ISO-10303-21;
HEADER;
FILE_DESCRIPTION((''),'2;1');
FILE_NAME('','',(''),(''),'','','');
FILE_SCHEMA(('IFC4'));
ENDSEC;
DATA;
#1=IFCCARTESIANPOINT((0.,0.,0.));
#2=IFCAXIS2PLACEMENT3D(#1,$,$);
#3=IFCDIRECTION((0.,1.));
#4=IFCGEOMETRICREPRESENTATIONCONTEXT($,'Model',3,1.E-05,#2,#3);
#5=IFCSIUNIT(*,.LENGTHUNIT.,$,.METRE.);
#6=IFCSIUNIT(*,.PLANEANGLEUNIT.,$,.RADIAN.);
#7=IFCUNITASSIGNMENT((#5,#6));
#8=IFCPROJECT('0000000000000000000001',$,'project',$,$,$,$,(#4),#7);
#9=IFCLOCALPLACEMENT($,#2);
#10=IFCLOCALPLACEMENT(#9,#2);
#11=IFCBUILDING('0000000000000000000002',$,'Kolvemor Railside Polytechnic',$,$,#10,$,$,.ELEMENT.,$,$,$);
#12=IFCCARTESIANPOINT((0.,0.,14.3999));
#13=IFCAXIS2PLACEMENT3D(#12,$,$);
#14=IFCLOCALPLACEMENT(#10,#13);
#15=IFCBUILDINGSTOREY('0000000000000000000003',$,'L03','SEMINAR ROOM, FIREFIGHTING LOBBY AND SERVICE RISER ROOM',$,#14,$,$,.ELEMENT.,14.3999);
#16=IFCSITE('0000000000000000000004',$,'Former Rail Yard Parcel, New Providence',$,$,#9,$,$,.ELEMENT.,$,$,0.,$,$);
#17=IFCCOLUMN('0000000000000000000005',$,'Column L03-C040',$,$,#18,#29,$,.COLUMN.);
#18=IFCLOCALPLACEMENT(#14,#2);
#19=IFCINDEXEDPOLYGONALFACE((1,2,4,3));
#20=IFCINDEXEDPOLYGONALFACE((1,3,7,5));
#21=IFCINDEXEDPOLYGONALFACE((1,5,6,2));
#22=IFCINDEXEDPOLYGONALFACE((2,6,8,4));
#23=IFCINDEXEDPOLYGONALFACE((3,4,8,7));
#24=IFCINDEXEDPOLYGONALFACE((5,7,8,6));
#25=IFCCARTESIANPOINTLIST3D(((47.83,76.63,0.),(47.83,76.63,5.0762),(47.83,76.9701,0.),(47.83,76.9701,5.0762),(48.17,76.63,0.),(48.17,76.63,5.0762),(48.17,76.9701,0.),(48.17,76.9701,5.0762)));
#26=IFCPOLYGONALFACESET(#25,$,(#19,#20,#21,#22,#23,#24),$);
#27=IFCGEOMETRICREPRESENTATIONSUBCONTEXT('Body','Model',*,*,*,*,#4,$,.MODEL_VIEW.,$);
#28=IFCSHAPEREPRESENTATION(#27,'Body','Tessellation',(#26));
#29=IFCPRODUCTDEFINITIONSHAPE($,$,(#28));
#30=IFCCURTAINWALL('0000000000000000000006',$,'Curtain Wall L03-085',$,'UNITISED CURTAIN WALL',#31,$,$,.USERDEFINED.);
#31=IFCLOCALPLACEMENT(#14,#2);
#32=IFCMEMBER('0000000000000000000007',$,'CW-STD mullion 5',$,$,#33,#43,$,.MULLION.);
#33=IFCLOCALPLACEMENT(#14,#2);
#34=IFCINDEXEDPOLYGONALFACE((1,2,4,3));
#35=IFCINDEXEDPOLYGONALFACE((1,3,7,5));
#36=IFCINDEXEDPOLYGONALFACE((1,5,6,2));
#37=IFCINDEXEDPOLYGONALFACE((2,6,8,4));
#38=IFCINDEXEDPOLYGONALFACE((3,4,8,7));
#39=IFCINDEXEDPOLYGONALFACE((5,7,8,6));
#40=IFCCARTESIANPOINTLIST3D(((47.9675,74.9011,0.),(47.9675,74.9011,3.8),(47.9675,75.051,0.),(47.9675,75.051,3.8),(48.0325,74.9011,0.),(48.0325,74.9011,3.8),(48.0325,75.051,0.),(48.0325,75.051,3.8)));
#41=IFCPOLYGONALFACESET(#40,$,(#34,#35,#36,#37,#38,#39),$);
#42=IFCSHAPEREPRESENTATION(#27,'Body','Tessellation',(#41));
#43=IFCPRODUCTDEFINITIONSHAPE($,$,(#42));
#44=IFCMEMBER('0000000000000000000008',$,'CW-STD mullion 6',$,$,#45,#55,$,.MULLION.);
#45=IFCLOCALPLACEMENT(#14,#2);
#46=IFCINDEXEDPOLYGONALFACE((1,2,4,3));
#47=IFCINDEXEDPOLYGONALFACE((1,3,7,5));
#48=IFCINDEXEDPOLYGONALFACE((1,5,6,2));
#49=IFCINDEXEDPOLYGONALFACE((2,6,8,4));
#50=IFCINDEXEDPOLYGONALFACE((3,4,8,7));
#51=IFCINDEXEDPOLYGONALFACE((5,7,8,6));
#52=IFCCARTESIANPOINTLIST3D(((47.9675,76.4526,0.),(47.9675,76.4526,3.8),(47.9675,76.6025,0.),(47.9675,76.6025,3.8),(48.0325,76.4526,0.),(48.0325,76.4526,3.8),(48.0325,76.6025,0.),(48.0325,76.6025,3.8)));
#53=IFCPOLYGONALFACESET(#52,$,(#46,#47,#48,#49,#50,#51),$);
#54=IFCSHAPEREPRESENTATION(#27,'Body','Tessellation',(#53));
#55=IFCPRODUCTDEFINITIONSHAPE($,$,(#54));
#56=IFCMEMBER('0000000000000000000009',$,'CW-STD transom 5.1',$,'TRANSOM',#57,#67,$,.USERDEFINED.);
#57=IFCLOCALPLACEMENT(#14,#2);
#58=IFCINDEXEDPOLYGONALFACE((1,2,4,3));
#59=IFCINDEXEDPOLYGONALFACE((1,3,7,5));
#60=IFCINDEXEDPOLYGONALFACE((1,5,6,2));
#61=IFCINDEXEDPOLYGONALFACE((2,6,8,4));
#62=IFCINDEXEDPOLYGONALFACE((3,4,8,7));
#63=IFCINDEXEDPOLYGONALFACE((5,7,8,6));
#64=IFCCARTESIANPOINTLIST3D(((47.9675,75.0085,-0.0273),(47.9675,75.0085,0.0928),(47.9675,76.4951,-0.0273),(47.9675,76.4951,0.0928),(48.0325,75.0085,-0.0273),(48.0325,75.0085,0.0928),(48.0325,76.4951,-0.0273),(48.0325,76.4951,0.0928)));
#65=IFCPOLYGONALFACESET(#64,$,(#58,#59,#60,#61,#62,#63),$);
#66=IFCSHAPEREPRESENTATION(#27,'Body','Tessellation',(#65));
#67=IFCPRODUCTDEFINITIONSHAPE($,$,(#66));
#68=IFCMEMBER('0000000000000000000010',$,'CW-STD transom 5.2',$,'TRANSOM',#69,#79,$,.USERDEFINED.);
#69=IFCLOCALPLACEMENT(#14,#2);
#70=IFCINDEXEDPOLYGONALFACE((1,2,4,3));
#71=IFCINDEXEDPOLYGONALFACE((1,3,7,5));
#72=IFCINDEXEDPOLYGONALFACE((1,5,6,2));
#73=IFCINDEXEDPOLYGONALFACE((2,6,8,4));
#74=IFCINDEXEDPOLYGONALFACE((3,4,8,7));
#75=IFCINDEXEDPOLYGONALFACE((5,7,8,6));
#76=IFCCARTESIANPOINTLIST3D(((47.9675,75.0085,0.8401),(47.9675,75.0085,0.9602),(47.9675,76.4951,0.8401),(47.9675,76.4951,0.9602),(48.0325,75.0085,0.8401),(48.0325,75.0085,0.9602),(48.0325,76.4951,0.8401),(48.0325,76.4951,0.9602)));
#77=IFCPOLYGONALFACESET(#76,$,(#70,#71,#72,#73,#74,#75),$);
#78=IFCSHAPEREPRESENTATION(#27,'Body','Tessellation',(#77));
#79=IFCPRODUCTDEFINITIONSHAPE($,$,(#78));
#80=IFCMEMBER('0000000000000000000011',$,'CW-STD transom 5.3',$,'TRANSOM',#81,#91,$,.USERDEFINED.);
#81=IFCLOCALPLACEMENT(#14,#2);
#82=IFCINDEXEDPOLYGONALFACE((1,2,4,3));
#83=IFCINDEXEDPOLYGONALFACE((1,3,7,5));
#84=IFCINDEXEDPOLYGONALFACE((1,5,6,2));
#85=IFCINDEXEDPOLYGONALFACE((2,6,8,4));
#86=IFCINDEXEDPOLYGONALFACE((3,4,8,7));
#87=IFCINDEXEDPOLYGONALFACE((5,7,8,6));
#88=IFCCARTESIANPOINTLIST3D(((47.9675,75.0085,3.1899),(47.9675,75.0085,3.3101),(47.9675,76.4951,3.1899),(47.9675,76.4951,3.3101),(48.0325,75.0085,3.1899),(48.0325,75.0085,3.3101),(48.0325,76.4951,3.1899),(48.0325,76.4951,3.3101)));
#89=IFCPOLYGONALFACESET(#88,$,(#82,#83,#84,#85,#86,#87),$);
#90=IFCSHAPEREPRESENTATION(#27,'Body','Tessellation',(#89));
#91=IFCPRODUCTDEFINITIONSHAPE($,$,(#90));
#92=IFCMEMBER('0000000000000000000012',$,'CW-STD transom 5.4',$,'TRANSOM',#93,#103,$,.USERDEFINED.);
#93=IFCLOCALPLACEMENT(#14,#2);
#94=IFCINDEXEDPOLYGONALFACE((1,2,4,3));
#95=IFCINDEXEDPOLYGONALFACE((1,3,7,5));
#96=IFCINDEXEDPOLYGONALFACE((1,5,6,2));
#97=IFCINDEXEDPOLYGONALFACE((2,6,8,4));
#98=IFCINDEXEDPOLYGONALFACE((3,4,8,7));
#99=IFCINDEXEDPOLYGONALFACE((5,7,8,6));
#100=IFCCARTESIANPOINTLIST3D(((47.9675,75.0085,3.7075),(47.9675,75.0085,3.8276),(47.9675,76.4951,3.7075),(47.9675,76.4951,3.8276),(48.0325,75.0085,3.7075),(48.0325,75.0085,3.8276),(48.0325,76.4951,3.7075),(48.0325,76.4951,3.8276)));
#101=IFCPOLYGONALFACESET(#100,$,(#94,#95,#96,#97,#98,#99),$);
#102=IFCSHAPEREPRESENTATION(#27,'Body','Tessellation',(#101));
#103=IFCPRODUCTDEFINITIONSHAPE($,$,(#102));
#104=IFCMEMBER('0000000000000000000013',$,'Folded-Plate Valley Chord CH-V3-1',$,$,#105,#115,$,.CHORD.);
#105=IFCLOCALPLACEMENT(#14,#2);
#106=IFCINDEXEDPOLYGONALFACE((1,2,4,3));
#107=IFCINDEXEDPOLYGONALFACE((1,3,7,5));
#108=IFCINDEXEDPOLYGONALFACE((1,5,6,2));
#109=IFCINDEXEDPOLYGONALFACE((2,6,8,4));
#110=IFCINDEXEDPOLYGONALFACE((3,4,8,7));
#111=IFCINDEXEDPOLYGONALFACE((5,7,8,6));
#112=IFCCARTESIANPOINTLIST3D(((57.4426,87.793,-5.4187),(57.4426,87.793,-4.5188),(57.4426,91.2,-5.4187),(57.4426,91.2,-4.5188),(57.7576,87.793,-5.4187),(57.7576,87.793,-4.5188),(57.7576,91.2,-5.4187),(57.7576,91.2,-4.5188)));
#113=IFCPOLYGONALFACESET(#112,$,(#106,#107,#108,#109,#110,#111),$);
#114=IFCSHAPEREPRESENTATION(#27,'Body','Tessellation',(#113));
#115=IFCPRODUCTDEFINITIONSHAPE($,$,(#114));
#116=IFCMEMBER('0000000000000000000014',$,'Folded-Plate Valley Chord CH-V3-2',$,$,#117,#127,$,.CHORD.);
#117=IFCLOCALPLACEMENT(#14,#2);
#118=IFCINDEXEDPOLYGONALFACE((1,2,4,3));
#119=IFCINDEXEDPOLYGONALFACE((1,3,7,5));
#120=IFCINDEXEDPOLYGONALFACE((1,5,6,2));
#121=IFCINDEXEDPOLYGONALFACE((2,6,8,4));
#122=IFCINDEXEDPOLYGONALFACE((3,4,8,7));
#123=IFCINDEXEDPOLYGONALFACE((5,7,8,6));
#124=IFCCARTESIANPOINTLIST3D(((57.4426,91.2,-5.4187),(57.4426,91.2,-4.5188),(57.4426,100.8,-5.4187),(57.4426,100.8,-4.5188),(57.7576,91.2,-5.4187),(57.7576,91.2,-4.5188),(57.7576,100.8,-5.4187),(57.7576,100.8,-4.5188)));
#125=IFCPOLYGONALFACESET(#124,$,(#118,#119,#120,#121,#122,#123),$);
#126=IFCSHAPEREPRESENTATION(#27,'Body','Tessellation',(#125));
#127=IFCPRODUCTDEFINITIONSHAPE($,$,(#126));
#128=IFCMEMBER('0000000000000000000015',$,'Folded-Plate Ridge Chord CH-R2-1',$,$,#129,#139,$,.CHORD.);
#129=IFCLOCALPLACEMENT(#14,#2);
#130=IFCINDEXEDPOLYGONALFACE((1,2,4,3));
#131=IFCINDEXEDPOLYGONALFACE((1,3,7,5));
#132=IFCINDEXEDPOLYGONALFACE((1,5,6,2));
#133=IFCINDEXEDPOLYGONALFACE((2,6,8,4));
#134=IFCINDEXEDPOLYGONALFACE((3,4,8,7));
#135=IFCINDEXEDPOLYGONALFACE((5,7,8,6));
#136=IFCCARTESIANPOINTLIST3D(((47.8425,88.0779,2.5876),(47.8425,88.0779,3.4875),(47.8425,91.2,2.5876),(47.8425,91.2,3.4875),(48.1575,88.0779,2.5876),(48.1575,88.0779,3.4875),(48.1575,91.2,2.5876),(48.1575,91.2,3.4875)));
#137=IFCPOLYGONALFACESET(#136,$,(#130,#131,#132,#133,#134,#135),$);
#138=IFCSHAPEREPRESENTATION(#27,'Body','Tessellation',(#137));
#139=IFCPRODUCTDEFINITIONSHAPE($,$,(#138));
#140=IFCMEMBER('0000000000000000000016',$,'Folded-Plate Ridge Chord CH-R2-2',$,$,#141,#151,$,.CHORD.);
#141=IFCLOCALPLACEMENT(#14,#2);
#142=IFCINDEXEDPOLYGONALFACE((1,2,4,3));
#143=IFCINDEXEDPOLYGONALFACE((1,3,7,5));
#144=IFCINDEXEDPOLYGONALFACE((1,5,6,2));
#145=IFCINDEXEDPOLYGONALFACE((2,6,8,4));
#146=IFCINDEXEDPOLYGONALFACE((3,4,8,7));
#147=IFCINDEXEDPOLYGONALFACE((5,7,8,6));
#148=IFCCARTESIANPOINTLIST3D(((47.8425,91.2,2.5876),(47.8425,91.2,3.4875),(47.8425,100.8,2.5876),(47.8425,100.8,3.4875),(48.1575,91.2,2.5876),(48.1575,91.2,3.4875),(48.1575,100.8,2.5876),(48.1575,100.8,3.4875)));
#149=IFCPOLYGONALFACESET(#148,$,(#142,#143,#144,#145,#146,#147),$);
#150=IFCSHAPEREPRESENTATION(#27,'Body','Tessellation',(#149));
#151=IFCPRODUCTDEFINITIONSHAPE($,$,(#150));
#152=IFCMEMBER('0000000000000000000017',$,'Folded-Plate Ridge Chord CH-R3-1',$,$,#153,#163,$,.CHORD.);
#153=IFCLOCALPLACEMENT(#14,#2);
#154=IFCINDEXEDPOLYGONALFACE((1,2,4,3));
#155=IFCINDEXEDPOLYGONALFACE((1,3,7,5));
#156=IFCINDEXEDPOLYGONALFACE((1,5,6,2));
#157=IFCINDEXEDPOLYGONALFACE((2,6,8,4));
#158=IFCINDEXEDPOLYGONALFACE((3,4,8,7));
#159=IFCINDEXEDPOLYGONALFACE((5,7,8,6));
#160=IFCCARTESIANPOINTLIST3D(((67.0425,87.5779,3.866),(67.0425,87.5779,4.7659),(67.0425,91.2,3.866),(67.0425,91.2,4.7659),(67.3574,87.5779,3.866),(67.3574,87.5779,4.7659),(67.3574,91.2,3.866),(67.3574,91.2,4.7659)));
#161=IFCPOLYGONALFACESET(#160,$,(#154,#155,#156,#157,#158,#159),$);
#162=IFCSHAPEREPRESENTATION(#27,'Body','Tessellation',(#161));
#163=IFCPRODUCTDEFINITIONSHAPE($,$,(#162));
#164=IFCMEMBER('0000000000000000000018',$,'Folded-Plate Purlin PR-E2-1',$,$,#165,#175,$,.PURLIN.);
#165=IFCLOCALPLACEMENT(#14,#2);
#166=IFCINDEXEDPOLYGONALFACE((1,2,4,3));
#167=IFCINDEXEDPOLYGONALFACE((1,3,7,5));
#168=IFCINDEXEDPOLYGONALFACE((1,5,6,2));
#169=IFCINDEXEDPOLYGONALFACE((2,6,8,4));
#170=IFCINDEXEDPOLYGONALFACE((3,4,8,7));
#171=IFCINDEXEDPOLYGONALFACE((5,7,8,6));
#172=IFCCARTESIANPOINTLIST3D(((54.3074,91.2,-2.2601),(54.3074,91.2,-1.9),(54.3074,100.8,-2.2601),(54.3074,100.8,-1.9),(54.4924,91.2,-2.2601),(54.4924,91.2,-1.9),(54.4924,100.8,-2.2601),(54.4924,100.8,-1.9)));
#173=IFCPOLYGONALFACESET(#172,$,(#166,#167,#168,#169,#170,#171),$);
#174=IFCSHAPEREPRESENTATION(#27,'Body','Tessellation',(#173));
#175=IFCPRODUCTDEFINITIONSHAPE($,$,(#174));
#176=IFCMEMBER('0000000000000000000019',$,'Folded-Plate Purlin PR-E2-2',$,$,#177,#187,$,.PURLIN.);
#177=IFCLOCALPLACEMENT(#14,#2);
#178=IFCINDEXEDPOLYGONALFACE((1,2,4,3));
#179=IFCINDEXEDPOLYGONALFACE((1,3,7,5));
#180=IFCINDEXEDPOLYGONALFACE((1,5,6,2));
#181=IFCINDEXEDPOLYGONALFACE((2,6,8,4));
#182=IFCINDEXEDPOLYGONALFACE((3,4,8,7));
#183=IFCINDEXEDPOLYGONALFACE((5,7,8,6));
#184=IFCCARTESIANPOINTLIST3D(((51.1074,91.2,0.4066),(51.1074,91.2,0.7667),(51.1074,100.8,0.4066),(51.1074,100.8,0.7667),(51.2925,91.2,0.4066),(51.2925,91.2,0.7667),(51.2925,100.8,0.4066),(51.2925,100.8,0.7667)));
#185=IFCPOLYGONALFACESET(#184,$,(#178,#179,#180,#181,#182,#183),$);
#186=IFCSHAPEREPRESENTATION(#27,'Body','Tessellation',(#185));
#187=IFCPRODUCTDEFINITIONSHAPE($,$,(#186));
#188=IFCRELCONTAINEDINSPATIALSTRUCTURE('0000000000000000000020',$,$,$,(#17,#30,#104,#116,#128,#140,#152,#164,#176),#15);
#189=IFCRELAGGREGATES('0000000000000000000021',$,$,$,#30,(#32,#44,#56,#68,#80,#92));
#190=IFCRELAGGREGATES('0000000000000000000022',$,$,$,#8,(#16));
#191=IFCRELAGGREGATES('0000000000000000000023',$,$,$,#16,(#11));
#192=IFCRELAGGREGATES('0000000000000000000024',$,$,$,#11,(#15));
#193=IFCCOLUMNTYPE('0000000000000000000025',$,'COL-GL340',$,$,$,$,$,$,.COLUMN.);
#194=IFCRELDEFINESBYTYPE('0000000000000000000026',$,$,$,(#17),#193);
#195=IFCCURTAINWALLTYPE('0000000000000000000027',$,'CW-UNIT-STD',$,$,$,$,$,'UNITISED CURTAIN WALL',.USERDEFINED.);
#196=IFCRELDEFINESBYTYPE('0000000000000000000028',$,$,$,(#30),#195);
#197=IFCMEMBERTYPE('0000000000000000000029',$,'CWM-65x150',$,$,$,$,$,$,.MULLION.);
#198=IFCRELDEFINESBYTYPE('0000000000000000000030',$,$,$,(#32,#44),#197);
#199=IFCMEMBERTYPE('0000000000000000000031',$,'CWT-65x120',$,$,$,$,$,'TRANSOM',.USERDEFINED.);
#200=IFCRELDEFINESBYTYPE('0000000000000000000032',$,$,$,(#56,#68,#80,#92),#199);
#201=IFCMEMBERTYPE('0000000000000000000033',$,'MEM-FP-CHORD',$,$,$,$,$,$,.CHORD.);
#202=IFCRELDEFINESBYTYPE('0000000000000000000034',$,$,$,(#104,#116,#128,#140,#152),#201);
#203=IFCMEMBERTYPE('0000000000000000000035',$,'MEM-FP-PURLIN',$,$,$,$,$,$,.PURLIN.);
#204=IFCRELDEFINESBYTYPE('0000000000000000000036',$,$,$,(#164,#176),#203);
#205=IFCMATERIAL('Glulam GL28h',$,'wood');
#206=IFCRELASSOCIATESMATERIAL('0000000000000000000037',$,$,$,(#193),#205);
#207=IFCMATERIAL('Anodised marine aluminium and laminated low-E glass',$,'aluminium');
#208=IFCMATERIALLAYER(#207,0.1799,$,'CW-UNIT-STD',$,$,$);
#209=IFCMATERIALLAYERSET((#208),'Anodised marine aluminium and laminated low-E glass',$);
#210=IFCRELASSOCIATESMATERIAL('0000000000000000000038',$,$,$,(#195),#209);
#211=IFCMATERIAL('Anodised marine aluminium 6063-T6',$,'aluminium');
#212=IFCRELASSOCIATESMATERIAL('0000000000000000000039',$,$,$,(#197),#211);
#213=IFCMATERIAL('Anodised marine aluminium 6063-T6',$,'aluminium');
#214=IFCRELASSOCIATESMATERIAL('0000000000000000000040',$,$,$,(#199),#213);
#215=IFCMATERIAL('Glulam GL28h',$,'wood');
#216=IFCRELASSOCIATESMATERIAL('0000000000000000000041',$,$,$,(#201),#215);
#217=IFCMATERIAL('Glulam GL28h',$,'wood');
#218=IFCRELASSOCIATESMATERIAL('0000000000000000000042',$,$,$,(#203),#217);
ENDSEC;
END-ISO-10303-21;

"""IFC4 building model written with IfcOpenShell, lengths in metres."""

from ifc_helpers import new_model, si_unit, direction, frame, origin, origin_2d, place, context, subcontext, project, spatial, rectangle, extrude, material, layer, layer_set, material_profile, profile_set, type_object, element, aggregate, save


model = new_model("IFC4")

# Units and contexts
model_context = context("Model", 3, precision=1e-05, world=origin(), true_north=direction((0.0, 1.0)))
body_context = subcontext(model_context, "Body", "Model", "MODEL_VIEW")
ifc_project = project(units=[si_unit("LENGTHUNIT", "METRE"), si_unit("PLANEANGLEUNIT", "RADIAN")], contexts=[model_context])

# Site, building, storey
site_placement = place(None, origin())
site = spatial("IfcSite", under=ifc_project, at=site_placement, Name="Former Rail Yard Parcel, New Providence", CompositionType="ELEMENT", RefElevation=0.0)
building_placement = place(site_placement, origin())
building = spatial("IfcBuilding", under=site, at=building_placement, Name="Kolvemor Railside Polytechnic", CompositionType="ELEMENT")
storey_placement = place(building_placement, frame((0.0, 0.0, 14.3999)))
storey = spatial("IfcBuildingStorey", under=building, at=storey_placement, Name="L03", Description="SEMINAR ROOM, FIREFIGHTING LOBBY AND SERVICE RISER ROOM", CompositionType="ELEMENT", Elevation=14.3999)

# Column
ifc_material_1 = material(Name="Glulam GL28h", Category="wood")
ifc_material_profile_1 = material_profile(ifc_material_1, rectangle(XDim=0.3401, YDim=0.3401, at=origin_2d()), Name="GL340x340")
ifc_profile_set_1 = profile_set([ifc_material_profile_1], Name="Glulam GL28h")
column_type = type_object("IfcColumnType", Name="COL-GL340", PredefinedType="COLUMN", material=ifc_profile_set_1)
column_placement = place(storey_placement, frame((48.0, 76.8, 0.0), z_axis=(0.0, 0.0, 1.0), x_axis=(1.0, 0.0, 0.0)))
element("IfcColumn", 1, at=column_placement, inside=storey, type_object=column_type, Name="Column L03-C040", PredefinedType="COLUMN", context=body_context, shape_type="SweptSolid", body=[
    extrude(rectangle(XDim=0.3401, YDim=0.3401, at=origin_2d()), origin(), (0.0, 0.0, 1.0), 5.0762),
])

# Curtain wall, members
ifc_material_2 = material(Name="Anodised marine aluminium and laminated low-E glass", Category="aluminium")
ifc_layer_1 = layer(ifc_material_2, 0.1799, Name="CW-UNIT-STD")
ifc_layer_set_1 = layer_set([ifc_layer_1], Name="Anodised marine aluminium and laminated low-E glass")
curtain_wall_type = type_object("IfcCurtainWallType", Name="CW-UNIT-STD", ElementType="UNITISED CURTAIN WALL", PredefinedType="USERDEFINED", material=ifc_layer_set_1)
curtain_wall_placement = place(storey_placement, origin())
curtain_wall = element("IfcCurtainWall", 2, at=curtain_wall_placement, inside=storey, type_object=curtain_wall_type, Name="Curtain Wall L03-085", ObjectType="UNITISED CURTAIN WALL", PredefinedType="USERDEFINED")
ifc_material_3 = material(Name="Anodised marine aluminium 6063-T6", Category="aluminium")
ifc_material_profile_2 = material_profile(ifc_material_3, rectangle(XDim=0.0649, YDim=0.1499, at=origin_2d()), Name="CW-MUL-65x150")
ifc_profile_set_2 = profile_set([ifc_material_profile_2], Name="Anodised marine aluminium 6063-T6")
member_type_1 = type_object("IfcMemberType", Name="CWM-65x150", PredefinedType="MULLION", material=ifc_profile_set_2)
member_1_placement = place(storey_placement, frame((48.0, 74.9761, 0.0), z_axis=(0.0, 0.0, 1.0), x_axis=(-1.0, 0.0, 0.0)))
member_1 = element("IfcMember", 3, at=member_1_placement, type_object=member_type_1, Name="CW-STD mullion 5", PredefinedType="MULLION", context=body_context, shape_type="SweptSolid", body=[
    extrude(rectangle(XDim=0.0649, YDim=0.1499, at=origin_2d()), origin(), (0.0, 0.0, 1.0), 3.8),
])
member_2_placement = place(storey_placement, frame((48.0, 76.5276, 0.0), z_axis=(0.0, 0.0, 1.0), x_axis=(-1.0, 0.0, 0.0)))
member_2 = element("IfcMember", 4, at=member_2_placement, type_object=member_type_1, Name="CW-STD mullion 6", PredefinedType="MULLION", context=body_context, shape_type="SweptSolid", body=[
    extrude(rectangle(XDim=0.0649, YDim=0.1499, at=origin_2d()), origin(), (0.0, 0.0, 1.0), 3.8),
])
ifc_material_4 = material(Name="Anodised marine aluminium 6063-T6", Category="aluminium")
ifc_material_profile_3 = material_profile(ifc_material_4, rectangle(XDim=0.0649, YDim=0.1201, at=origin_2d()), Name="CW-TRN-65x120")
ifc_profile_set_3 = profile_set([ifc_material_profile_3], Name="Anodised marine aluminium 6063-T6")
member_type_2 = type_object("IfcMemberType", Name="CWT-65x120", ElementType="TRANSOM", PredefinedType="USERDEFINED", material=ifc_profile_set_3)
member_3_placement = place(storey_placement, frame((48.0, 75.0085, 0.0327), z_axis=(0.0, 1.0, 0.0), x_axis=(-1.0, 0.0, 0.0)))
member_3 = element("IfcMember", 5, at=member_3_placement, type_object=member_type_2, Name="CW-STD transom 5.1", ObjectType="TRANSOM", PredefinedType="USERDEFINED", context=body_context, shape_type="SweptSolid", body=[
    extrude(rectangle(XDim=0.0649, YDim=0.1201, at=origin_2d()), origin(), (0.0, 0.0, 1.0), 1.4866),
])
member_4_placement = place(storey_placement, frame((48.0, 75.0085, 0.9001), z_axis=(0.0, 1.0, 0.0), x_axis=(-1.0, 0.0, 0.0)))
member_4 = element("IfcMember", 6, at=member_4_placement, type_object=member_type_2, Name="CW-STD transom 5.2", ObjectType="TRANSOM", PredefinedType="USERDEFINED", context=body_context, shape_type="SweptSolid", body=[
    extrude(rectangle(XDim=0.0649, YDim=0.1201, at=origin_2d()), origin(), (0.0, 0.0, 1.0), 1.4866),
])
member_5_placement = place(storey_placement, frame((48.0, 75.0085, 3.25), z_axis=(0.0, 1.0, 0.0), x_axis=(-1.0, 0.0, 0.0)))
member_5 = element("IfcMember", 7, at=member_5_placement, type_object=member_type_2, Name="CW-STD transom 5.3", ObjectType="TRANSOM", PredefinedType="USERDEFINED", context=body_context, shape_type="SweptSolid", body=[
    extrude(rectangle(XDim=0.0649, YDim=0.1201, at=origin_2d()), origin(), (0.0, 0.0, 1.0), 1.4866),
])
member_6_placement = place(storey_placement, frame((48.0, 75.0085, 3.7676), z_axis=(0.0, 1.0, 0.0), x_axis=(-1.0, 0.0, 0.0)))
member_6 = element("IfcMember", 8, at=member_6_placement, type_object=member_type_2, Name="CW-STD transom 5.4", ObjectType="TRANSOM", PredefinedType="USERDEFINED", context=body_context, shape_type="SweptSolid", body=[
    extrude(rectangle(XDim=0.0649, YDim=0.1201, at=origin_2d()), origin(), (0.0, 0.0, 1.0), 1.4866),
])

# Members
ifc_material_5 = material(Name="Glulam GL28h", Category="wood")
ifc_material_profile_4 = material_profile(ifc_material_5, rectangle(XDim=0.3149, YDim=0.8999, at=origin_2d()), Name="GL315x900")
ifc_profile_set_4 = profile_set([ifc_material_profile_4], Name="Glulam GL28h")
member_type_3 = type_object("IfcMemberType", Name="MEM-FP-CHORD", PredefinedType="CHORD", material=ifc_profile_set_4)
member_7_placement = place(storey_placement, frame((57.6001, 87.793, -4.9688), z_axis=(0.0, 1.0, 0.0), x_axis=(-1.0, 0.0, 0.0)))
element("IfcMember", 9, at=member_7_placement, inside=storey, type_object=member_type_3, Name="Folded-Plate Valley Chord CH-V3-1", PredefinedType="CHORD", context=body_context, shape_type="SweptSolid", body=[
    extrude(rectangle(XDim=0.3149, YDim=0.8999, at=origin_2d()), origin(), (0.0, 0.0, 1.0), 3.407),
])
member_8_placement = place(storey_placement, frame((57.6001, 91.2, -4.9688), z_axis=(0.0, 1.0, 0.0), x_axis=(-1.0, 0.0, 0.0)))
element("IfcMember", 10, at=member_8_placement, inside=storey, type_object=member_type_3, Name="Folded-Plate Valley Chord CH-V3-2", PredefinedType="CHORD", context=body_context, shape_type="SweptSolid", body=[
    extrude(rectangle(XDim=0.3149, YDim=0.8999, at=origin_2d()), origin(), (0.0, 0.0, 1.0), 9.6001),
])
member_9_placement = place(storey_placement, frame((48.0, 88.0779, 3.0376), z_axis=(0.0, 1.0, 0.0), x_axis=(-1.0, 0.0, 0.0)))
element("IfcMember", 11, at=member_9_placement, inside=storey, type_object=member_type_3, Name="Folded-Plate Ridge Chord CH-R2-1", PredefinedType="CHORD", context=body_context, shape_type="SweptSolid", body=[
    extrude(rectangle(XDim=0.3149, YDim=0.8999, at=origin_2d()), origin(), (0.0, 0.0, 1.0), 3.1221),
])
member_10_placement = place(storey_placement, frame((48.0, 91.2, 3.0376), z_axis=(0.0, 1.0, 0.0), x_axis=(-1.0, 0.0, 0.0)))
element("IfcMember", 12, at=member_10_placement, inside=storey, type_object=member_type_3, Name="Folded-Plate Ridge Chord CH-R2-2", PredefinedType="CHORD", context=body_context, shape_type="SweptSolid", body=[
    extrude(rectangle(XDim=0.3149, YDim=0.8999, at=origin_2d()), origin(), (0.0, 0.0, 1.0), 9.6001),
])
member_11_placement = place(storey_placement, frame((67.2, 87.5779, 4.3159), z_axis=(0.0, 1.0, 0.0), x_axis=(-1.0, 0.0, 0.0)))
element("IfcMember", 13, at=member_11_placement, inside=storey, type_object=member_type_3, Name="Folded-Plate Ridge Chord CH-R3-1", PredefinedType="CHORD", context=body_context, shape_type="SweptSolid", body=[
    extrude(rectangle(XDim=0.3149, YDim=0.8999, at=origin_2d()), origin(), (0.0, 0.0, 1.0), 3.6221),
])
ifc_material_6 = material(Name="Glulam GL28h", Category="wood")
ifc_material_profile_5 = material_profile(ifc_material_6, rectangle(XDim=0.1851, YDim=0.3601, at=origin_2d()), Name="GL185x360")
ifc_profile_set_5 = profile_set([ifc_material_profile_5], Name="Glulam GL28h")
member_type_4 = type_object("IfcMemberType", Name="MEM-FP-PURLIN", PredefinedType="PURLIN", material=ifc_profile_set_5)
for number, where, z_axis, x_axis, name in (
    (14, (54.3999, 91.2, -2.0801), (0.0, 1.0, 0.0), (-1.0, 0.0, 0.0), "Folded-Plate Purlin PR-E2-1"),
    (15, (51.2, 91.2, 0.5867), (0.0, 1.0, 0.0), (-1.0, 0.0, 0.0), "Folded-Plate Purlin PR-E2-2"),
):
    element("IfcMember", number, at=place(storey_placement, frame(where, z_axis=z_axis, x_axis=x_axis)), inside=storey, type_object=member_type_4, Name=name, PredefinedType="PURLIN", context=body_context, shape_type="SweptSolid", body=[
        extrude(rectangle(XDim=0.1851, YDim=0.3601, at=origin_2d()), origin(), (0.0, 0.0, 1.0), 9.6001),
    ])

aggregate(curtain_wall, [member_1, member_2, member_3, member_4, member_5, member_6])

save(model, "model.ifc")
